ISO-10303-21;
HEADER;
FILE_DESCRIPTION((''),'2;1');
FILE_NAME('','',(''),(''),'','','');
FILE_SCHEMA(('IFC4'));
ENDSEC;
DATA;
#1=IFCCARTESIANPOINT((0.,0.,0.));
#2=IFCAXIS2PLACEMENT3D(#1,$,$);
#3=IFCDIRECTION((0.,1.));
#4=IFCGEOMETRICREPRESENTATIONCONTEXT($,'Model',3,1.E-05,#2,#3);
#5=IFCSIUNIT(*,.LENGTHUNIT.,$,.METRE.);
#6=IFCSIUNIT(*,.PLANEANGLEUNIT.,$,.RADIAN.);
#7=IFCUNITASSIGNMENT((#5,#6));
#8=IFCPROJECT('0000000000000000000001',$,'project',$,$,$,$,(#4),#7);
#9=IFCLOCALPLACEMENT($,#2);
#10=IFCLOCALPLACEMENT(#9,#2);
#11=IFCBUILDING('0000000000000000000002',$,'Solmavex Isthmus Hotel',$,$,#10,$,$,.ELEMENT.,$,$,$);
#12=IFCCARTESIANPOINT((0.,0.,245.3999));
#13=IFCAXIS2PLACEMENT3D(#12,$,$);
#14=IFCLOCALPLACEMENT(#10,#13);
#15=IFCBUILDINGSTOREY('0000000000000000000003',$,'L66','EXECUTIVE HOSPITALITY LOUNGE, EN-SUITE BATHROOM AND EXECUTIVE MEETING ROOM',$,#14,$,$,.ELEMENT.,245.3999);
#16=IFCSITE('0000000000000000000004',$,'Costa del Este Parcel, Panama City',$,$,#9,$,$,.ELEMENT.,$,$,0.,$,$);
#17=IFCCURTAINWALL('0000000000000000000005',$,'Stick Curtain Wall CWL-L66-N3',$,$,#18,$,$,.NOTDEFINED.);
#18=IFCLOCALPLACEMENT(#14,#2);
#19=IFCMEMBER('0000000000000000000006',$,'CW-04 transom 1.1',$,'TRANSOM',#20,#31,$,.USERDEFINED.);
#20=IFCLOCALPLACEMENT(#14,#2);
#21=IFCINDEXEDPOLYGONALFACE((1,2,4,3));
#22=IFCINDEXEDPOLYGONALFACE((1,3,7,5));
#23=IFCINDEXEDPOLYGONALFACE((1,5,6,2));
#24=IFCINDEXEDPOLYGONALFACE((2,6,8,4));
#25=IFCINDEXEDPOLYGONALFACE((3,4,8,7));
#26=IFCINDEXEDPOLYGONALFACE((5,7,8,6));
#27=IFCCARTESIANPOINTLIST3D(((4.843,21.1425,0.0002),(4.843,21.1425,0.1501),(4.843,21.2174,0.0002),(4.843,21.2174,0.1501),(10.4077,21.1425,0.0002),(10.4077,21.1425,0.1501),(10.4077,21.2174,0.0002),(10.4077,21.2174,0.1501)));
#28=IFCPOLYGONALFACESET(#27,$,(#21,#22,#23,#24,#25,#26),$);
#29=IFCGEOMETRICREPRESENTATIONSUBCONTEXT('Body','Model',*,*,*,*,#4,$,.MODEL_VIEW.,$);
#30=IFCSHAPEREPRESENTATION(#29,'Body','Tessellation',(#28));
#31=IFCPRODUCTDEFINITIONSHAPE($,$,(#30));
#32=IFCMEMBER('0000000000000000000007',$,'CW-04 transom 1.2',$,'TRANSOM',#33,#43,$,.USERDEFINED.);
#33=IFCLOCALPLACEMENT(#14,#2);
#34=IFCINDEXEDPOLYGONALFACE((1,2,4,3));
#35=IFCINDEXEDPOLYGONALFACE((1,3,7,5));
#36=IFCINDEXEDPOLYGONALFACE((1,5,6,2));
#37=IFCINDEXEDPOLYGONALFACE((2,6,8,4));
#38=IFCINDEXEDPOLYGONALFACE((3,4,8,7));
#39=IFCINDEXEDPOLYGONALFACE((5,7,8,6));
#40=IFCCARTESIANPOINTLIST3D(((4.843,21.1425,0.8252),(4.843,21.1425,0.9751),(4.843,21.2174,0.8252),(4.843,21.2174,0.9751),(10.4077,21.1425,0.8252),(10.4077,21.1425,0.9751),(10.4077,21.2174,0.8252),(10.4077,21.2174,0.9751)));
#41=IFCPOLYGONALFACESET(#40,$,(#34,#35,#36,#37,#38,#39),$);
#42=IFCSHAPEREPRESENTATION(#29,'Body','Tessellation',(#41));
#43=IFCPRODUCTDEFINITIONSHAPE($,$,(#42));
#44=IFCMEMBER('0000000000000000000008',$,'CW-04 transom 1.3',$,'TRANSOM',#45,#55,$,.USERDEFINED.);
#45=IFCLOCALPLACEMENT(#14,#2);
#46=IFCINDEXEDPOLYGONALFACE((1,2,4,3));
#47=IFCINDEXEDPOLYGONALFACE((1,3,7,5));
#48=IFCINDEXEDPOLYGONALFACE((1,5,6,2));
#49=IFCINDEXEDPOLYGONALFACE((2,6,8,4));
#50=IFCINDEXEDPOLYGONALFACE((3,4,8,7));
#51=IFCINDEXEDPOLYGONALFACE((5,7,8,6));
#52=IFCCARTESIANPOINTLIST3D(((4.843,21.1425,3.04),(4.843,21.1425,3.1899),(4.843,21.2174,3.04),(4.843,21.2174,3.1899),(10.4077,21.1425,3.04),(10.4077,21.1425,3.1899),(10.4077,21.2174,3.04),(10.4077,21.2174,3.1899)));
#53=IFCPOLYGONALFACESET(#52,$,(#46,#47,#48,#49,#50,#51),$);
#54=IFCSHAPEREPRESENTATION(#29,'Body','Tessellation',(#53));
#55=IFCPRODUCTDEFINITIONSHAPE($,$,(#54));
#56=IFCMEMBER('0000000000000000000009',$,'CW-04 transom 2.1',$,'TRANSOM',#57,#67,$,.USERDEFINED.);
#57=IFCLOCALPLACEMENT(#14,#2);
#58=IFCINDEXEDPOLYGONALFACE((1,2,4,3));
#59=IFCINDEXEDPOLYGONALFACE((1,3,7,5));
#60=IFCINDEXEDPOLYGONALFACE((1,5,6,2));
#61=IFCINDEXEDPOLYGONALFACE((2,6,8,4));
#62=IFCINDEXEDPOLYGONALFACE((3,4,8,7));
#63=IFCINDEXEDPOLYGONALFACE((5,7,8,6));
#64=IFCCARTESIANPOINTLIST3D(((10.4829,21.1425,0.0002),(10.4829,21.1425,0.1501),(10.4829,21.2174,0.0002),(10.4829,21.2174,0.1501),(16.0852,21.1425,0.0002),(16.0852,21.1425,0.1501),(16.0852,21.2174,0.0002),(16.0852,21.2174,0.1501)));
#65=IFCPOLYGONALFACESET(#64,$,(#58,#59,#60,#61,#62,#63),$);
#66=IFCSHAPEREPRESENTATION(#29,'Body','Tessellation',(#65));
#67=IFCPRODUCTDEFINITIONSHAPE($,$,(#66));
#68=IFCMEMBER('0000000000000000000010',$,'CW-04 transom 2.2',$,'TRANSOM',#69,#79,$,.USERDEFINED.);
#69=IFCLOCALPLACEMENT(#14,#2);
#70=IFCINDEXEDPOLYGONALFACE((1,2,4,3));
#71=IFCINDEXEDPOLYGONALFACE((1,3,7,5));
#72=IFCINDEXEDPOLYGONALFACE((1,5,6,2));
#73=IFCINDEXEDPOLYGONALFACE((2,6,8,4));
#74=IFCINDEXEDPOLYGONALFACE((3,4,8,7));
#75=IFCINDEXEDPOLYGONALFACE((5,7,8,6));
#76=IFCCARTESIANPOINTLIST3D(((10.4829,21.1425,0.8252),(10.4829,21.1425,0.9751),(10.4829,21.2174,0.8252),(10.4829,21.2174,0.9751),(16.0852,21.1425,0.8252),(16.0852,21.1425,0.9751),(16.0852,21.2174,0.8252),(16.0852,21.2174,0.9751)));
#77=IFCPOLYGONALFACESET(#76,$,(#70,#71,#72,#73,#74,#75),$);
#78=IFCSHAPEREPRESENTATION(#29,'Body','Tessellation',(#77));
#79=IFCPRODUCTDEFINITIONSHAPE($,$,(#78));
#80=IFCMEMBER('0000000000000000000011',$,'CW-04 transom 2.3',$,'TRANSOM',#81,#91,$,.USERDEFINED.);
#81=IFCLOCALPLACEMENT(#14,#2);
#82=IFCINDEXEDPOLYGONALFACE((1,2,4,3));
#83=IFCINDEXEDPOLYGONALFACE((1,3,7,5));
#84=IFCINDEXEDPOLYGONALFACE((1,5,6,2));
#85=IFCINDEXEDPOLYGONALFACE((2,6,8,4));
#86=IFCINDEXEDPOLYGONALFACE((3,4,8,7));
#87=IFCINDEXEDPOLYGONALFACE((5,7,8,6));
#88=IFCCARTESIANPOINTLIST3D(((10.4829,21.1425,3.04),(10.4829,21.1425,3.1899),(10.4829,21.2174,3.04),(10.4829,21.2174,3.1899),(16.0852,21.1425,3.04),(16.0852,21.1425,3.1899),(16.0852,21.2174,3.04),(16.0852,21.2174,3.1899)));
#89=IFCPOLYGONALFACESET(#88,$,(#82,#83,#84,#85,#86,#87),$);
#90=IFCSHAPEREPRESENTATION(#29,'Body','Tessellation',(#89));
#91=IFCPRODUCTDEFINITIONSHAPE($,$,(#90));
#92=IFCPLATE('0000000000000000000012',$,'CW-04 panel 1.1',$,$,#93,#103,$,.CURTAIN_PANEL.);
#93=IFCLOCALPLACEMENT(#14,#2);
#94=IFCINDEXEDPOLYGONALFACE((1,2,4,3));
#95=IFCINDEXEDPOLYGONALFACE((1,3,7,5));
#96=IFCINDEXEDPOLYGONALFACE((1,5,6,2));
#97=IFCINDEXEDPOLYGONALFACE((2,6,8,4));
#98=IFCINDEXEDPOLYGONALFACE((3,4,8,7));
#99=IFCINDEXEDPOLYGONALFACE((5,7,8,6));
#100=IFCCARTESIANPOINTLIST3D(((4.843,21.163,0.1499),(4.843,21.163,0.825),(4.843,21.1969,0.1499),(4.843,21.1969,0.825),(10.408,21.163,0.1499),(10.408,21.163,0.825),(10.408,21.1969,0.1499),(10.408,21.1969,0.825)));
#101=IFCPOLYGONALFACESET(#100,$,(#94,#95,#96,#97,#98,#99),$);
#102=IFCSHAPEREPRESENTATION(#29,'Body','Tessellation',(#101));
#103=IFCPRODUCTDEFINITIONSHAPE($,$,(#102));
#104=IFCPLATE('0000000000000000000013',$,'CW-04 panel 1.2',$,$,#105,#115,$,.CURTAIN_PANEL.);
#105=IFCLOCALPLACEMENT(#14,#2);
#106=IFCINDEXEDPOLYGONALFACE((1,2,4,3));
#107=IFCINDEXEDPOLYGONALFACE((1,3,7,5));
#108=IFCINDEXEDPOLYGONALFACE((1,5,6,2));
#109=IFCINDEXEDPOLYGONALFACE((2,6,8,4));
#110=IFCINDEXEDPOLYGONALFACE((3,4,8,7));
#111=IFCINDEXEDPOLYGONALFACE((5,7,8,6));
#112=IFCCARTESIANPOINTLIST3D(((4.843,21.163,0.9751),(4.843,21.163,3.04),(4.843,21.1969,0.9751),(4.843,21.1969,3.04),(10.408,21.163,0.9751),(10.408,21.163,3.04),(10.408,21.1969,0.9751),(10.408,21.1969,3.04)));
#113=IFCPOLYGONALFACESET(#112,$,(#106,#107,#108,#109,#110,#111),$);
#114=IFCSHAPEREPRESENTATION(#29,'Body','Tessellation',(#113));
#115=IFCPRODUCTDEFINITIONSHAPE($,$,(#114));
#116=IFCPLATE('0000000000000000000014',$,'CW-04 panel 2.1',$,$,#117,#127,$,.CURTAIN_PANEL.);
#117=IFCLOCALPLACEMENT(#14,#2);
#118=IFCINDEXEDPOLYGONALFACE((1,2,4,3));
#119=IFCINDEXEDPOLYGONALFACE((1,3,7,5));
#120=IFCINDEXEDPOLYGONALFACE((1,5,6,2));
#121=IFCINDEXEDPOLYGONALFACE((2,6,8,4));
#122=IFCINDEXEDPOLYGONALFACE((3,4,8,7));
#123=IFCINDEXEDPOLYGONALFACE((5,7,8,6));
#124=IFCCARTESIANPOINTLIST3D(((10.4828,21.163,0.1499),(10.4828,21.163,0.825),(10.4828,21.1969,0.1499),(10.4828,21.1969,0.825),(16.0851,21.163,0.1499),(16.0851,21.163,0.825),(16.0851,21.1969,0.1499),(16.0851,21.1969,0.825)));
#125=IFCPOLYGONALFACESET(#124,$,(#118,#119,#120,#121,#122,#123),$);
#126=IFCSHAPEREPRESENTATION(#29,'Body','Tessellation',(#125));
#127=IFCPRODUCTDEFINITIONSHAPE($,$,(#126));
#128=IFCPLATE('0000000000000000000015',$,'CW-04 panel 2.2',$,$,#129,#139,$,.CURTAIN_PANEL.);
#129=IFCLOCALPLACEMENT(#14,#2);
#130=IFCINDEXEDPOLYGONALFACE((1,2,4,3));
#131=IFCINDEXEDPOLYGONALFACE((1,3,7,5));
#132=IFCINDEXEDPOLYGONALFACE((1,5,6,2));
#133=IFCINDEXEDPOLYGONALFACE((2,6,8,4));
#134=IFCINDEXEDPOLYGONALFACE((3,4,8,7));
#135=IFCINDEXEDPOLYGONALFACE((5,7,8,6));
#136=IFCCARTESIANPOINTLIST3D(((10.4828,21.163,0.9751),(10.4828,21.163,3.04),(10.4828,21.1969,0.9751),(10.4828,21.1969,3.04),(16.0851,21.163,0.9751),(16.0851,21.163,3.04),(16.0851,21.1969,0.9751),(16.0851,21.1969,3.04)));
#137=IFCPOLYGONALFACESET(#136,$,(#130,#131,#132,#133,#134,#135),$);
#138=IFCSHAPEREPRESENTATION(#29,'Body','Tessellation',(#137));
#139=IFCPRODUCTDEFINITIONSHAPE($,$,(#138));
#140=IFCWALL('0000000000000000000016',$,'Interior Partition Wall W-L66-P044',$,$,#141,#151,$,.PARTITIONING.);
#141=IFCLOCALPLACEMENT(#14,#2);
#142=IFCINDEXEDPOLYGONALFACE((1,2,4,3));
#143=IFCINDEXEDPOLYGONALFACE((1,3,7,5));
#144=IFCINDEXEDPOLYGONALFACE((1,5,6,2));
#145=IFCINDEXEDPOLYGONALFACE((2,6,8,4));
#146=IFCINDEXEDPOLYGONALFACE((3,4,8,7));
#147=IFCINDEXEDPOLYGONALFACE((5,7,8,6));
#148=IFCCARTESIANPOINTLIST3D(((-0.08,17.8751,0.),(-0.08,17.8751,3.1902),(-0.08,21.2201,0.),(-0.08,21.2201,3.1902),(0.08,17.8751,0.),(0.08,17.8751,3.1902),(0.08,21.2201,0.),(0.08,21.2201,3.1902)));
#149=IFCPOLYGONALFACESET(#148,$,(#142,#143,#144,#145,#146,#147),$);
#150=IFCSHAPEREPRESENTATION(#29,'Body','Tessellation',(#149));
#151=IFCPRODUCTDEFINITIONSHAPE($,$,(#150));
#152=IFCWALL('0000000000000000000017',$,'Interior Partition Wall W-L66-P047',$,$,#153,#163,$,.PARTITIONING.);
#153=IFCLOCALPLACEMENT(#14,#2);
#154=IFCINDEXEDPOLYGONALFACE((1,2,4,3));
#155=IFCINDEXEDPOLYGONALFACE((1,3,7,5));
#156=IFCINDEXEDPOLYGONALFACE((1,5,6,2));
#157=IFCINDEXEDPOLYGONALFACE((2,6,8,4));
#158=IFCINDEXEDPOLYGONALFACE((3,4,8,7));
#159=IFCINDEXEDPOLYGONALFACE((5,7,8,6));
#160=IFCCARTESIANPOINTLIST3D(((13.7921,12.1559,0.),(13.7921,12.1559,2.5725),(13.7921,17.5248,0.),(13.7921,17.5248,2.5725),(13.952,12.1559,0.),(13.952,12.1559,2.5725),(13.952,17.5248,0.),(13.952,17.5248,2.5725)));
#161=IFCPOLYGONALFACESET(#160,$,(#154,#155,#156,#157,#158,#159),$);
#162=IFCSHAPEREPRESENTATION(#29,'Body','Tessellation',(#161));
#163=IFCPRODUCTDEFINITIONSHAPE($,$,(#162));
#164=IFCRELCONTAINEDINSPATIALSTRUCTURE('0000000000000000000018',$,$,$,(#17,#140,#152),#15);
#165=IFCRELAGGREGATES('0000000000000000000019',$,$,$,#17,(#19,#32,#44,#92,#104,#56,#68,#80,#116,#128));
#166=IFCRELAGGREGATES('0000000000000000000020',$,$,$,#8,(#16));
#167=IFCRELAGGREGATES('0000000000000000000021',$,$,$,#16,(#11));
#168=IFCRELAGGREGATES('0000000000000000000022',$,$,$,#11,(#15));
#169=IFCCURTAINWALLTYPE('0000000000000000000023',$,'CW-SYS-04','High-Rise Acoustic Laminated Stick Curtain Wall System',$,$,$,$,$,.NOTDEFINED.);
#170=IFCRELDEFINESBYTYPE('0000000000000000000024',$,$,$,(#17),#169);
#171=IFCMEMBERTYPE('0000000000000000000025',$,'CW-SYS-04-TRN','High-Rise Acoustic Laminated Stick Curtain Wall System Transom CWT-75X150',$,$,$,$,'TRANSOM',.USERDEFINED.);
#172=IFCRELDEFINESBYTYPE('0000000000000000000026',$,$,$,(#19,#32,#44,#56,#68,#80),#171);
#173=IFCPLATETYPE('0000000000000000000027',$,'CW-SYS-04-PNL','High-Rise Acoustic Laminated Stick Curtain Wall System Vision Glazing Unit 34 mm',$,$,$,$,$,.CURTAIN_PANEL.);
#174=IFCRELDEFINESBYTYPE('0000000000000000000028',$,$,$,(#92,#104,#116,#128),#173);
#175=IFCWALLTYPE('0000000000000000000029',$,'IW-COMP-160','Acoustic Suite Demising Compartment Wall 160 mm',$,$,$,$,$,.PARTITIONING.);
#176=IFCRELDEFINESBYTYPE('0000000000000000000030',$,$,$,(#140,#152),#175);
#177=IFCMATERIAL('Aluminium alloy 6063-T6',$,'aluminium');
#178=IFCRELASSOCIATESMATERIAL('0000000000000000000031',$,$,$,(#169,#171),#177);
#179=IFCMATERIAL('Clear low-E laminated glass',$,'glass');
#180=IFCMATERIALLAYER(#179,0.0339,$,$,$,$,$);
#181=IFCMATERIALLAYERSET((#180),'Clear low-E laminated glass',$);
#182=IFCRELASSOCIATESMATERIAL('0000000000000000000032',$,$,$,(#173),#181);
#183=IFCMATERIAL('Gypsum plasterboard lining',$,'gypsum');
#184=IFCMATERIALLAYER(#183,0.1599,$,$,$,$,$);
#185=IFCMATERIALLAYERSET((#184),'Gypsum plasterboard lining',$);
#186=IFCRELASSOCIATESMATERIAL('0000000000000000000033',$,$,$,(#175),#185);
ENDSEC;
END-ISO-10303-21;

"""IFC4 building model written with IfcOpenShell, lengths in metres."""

from ifc_helpers import new_model, si_unit, direction, frame, frame_2d, origin, origin_2d, place, context, subcontext, project, spatial, rectangle, extrude, material, layer, layer_set, material_profile, profile_set, type_object, element, aggregate, save


model = new_model("IFC4")

# Units and contexts
model_context = context("Model", 3, precision=1e-05, world=origin(), true_north=direction((0.0, 1.0)))
body_context = subcontext(model_context, "Body", "Model", "MODEL_VIEW")
ifc_project = project(units=[si_unit("LENGTHUNIT", "METRE"), si_unit("PLANEANGLEUNIT", "RADIAN")], contexts=[model_context])

# Site, building, storey
site_placement = place(None, origin())
site = spatial("IfcSite", under=ifc_project, at=site_placement, Name="Costa del Este Parcel, Panama City", CompositionType="ELEMENT", RefElevation=0.0)
building_placement = place(site_placement, origin())
building = spatial("IfcBuilding", under=site, at=building_placement, Name="Solmavex Isthmus Hotel", CompositionType="ELEMENT")
storey_placement = place(building_placement, frame((0.0, 0.0, 245.3999)))
storey = spatial("IfcBuildingStorey", under=building, at=storey_placement, Name="L66", Description="EXECUTIVE HOSPITALITY LOUNGE, EN-SUITE BATHROOM AND EXECUTIVE MEETING ROOM", CompositionType="ELEMENT", Elevation=245.3999)

# Shared definitions
ifc_material_1 = material(Name="Aluminium alloy 6063-T6", Category="aluminium")
curtain_wall_type = type_object("IfcCurtainWallType", Name="CW-SYS-04", Description="High-Rise Acoustic Laminated Stick Curtain Wall System", PredefinedType="NOTDEFINED", material=ifc_material_1)

# Curtain wall, members, plates
curtain_wall_1_placement = place(storey_placement, origin())
curtain_wall_1 = element("IfcCurtainWall", 1, at=curtain_wall_1_placement, inside=storey, type_object=curtain_wall_type, Name="Stick Curtain Wall CWL-L66-N3", PredefinedType="NOTDEFINED")
ifc_material_profile_1 = material_profile(ifc_material_1, rectangle(XDim=0.075, YDim=0.1499, at=origin_2d()), Name="CWT-75X150")
ifc_profile_set_1 = profile_set([ifc_material_profile_1], Name="Aluminium alloy 6063-T6")
member_type_1 = type_object("IfcMemberType", Name="CW-SYS-04-TRN", Description="High-Rise Acoustic Laminated Stick Curtain Wall System Transom CWT-75X150", ElementType="TRANSOM", PredefinedType="USERDEFINED", material=ifc_profile_set_1)
member_1_placement = place(storey_placement, frame((4.843, 21.1799, 0.0752), z_axis=(1.0, 0.0, 0.0), x_axis=(0.0, 1.0, 0.0)))
member_1 = element("IfcMember", 2, at=member_1_placement, type_object=member_type_1, Name="CW-04 transom 1.1", ObjectType="TRANSOM", PredefinedType="USERDEFINED", context=body_context, shape_type="SweptSolid", body=[
    extrude(rectangle(XDim=0.075, YDim=0.1499, at=origin_2d()), origin(), (0.0, 0.0, 1.0), 5.5647),
])
member_2_placement = place(storey_placement, frame((4.843, 21.1799, 0.9001), z_axis=(1.0, 0.0, 0.0), x_axis=(0.0, 1.0, 0.0)))
member_2 = element("IfcMember", 3, at=member_2_placement, type_object=member_type_1, Name="CW-04 transom 1.2", ObjectType="TRANSOM", PredefinedType="USERDEFINED", context=body_context, shape_type="SweptSolid", body=[
    extrude(rectangle(XDim=0.075, YDim=0.1499, at=origin_2d()), origin(), (0.0, 0.0, 1.0), 5.5647),
])
member_3_placement = place(storey_placement, frame((4.843, 21.1799, 3.115), z_axis=(1.0, 0.0, 0.0), x_axis=(0.0, 1.0, 0.0)))
member_3 = element("IfcMember", 4, at=member_3_placement, type_object=member_type_1, Name="CW-04 transom 1.3", ObjectType="TRANSOM", PredefinedType="USERDEFINED", context=body_context, shape_type="SweptSolid", body=[
    extrude(rectangle(XDim=0.075, YDim=0.1499, at=origin_2d()), origin(), (0.0, 0.0, 1.0), 5.5647),
])
member_4_placement = place(storey_placement, frame((10.4829, 21.1799, 0.0752), z_axis=(1.0, 0.0, 0.0), x_axis=(0.0, 1.0, 0.0)))
member_4 = element("IfcMember", 5, at=member_4_placement, type_object=member_type_1, Name="CW-04 transom 2.1", ObjectType="TRANSOM", PredefinedType="USERDEFINED", context=body_context, shape_type="SweptSolid", body=[
    extrude(rectangle(XDim=0.075, YDim=0.1499, at=origin_2d()), origin(), (0.0, 0.0, 1.0), 5.6023),
])
member_5_placement = place(storey_placement, frame((10.4829, 21.1799, 0.9001), z_axis=(1.0, 0.0, 0.0), x_axis=(0.0, 1.0, 0.0)))
member_5 = element("IfcMember", 6, at=member_5_placement, type_object=member_type_1, Name="CW-04 transom 2.2", ObjectType="TRANSOM", PredefinedType="USERDEFINED", context=body_context, shape_type="SweptSolid", body=[
    extrude(rectangle(XDim=0.075, YDim=0.1499, at=origin_2d()), origin(), (0.0, 0.0, 1.0), 5.6023),
])
member_6_placement = place(storey_placement, frame((10.4829, 21.1799, 3.115), z_axis=(1.0, 0.0, 0.0), x_axis=(0.0, 1.0, 0.0)))
member_6 = element("IfcMember", 7, at=member_6_placement, type_object=member_type_1, Name="CW-04 transom 2.3", ObjectType="TRANSOM", PredefinedType="USERDEFINED", context=body_context, shape_type="SweptSolid", body=[
    extrude(rectangle(XDim=0.075, YDim=0.1499, at=origin_2d()), origin(), (0.0, 0.0, 1.0), 5.6023),
])
ifc_material_2 = material(Name="Clear low-E laminated glass", Category="glass")
ifc_layer_1 = layer(ifc_material_2, 0.0339)
ifc_layer_set_1 = layer_set([ifc_layer_1], Name="Clear low-E laminated glass")
plate_type = type_object("IfcPlateType", Name="CW-SYS-04-PNL", Description="High-Rise Acoustic Laminated Stick Curtain Wall System Vision Glazing Unit 34 mm", PredefinedType="CURTAIN_PANEL", material=ifc_layer_set_1)
plate_1_placement = place(storey_placement, frame((7.6255, 21.1799, 0.1499), z_axis=(0.0, 0.0, 1.0), x_axis=(1.0, 0.0, 0.0)))
plate_1 = element("IfcPlate", 8, at=plate_1_placement, type_object=plate_type, Name="CW-04 panel 1.1", PredefinedType="CURTAIN_PANEL", context=body_context, shape_type="SweptSolid", body=[
    extrude(rectangle(XDim=5.5649, YDim=0.0339, at=origin_2d()), origin(), (0.0, 0.0, 1.0), 0.675),
])
plate_2_placement = place(storey_placement, frame((7.6255, 21.1799, 0.9751), z_axis=(0.0, 0.0, 1.0), x_axis=(1.0, 0.0, 0.0)))
plate_2 = element("IfcPlate", 9, at=plate_2_placement, type_object=plate_type, Name="CW-04 panel 1.2", PredefinedType="CURTAIN_PANEL", context=body_context, shape_type="SweptSolid", body=[
    extrude(rectangle(XDim=5.5649, YDim=0.0339, at=origin_2d()), origin(), (0.0, 0.0, 1.0), 2.0649),
])
plate_3_placement = place(storey_placement, frame((13.2839, 21.1799, 0.1499), z_axis=(0.0, 0.0, 1.0), x_axis=(1.0, 0.0, 0.0)))
plate_3 = element("IfcPlate", 10, at=plate_3_placement, type_object=plate_type, Name="CW-04 panel 2.1", PredefinedType="CURTAIN_PANEL", context=body_context, shape_type="SweptSolid", body=[
    extrude(rectangle(XDim=5.6023, YDim=0.0339, at=origin_2d()), origin(), (0.0, 0.0, 1.0), 0.675),
])
plate_4_placement = place(storey_placement, frame((13.2839, 21.1799, 0.9751), z_axis=(0.0, 0.0, 1.0), x_axis=(1.0, 0.0, 0.0)))
plate_4 = element("IfcPlate", 11, at=plate_4_placement, type_object=plate_type, Name="CW-04 panel 2.2", PredefinedType="CURTAIN_PANEL", context=body_context, shape_type="SweptSolid", body=[
    extrude(rectangle(XDim=5.6023, YDim=0.0339, at=origin_2d()), origin(), (0.0, 0.0, 1.0), 2.0649),
])
aggregate(curtain_wall_1, [member_1, member_2, member_3, plate_1, plate_2, member_4, member_5, member_6, plate_3, plate_4])

# Walls
ifc_material_3 = material(Name="Gypsum plasterboard lining", Category="gypsum")
ifc_layer_2 = layer(ifc_material_3, 0.1599)
ifc_layer_set_2 = layer_set([ifc_layer_2], Name="Gypsum plasterboard lining")
wall_type_1 = type_object("IfcWallType", Name="IW-COMP-160", Description="Acoustic Suite Demising Compartment Wall 160 mm", PredefinedType="PARTITIONING", material=ifc_layer_set_2)
wall_1_placement = place(storey_placement, frame((0.0, 21.22, 0.0), z_axis=(0.0, 0.0, 1.0), x_axis=(0.0, -1.0, 0.0)))
element("IfcWall", 12, at=wall_1_placement, inside=storey, type_object=wall_type_1, Name="Interior Partition Wall W-L66-P044", PredefinedType="PARTITIONING", context=body_context, shape_type="SweptSolid", body=[
    extrude(rectangle(XDim=3.345, YDim=0.1599, at=frame_2d((1.6724, 0.0))), origin(), (0.0, 0.0, 1.0), 3.1902),
])
wall_2_placement = place(storey_placement, frame((13.8721, 17.5249, 0.0), z_axis=(0.0, 0.0, 1.0), x_axis=(0.0, -1.0, 0.0)))
element("IfcWall", 13, at=wall_2_placement, inside=storey, type_object=wall_type_1, Name="Interior Partition Wall W-L66-P047", PredefinedType="PARTITIONING", context=body_context, shape_type="SweptSolid", body=[
    extrude(rectangle(XDim=5.3689, YDim=0.1599, at=frame_2d((2.6846, 0.0))), origin(), (0.0, 0.0, 1.0), 2.5725),
])

save(model, "model.ifc")
